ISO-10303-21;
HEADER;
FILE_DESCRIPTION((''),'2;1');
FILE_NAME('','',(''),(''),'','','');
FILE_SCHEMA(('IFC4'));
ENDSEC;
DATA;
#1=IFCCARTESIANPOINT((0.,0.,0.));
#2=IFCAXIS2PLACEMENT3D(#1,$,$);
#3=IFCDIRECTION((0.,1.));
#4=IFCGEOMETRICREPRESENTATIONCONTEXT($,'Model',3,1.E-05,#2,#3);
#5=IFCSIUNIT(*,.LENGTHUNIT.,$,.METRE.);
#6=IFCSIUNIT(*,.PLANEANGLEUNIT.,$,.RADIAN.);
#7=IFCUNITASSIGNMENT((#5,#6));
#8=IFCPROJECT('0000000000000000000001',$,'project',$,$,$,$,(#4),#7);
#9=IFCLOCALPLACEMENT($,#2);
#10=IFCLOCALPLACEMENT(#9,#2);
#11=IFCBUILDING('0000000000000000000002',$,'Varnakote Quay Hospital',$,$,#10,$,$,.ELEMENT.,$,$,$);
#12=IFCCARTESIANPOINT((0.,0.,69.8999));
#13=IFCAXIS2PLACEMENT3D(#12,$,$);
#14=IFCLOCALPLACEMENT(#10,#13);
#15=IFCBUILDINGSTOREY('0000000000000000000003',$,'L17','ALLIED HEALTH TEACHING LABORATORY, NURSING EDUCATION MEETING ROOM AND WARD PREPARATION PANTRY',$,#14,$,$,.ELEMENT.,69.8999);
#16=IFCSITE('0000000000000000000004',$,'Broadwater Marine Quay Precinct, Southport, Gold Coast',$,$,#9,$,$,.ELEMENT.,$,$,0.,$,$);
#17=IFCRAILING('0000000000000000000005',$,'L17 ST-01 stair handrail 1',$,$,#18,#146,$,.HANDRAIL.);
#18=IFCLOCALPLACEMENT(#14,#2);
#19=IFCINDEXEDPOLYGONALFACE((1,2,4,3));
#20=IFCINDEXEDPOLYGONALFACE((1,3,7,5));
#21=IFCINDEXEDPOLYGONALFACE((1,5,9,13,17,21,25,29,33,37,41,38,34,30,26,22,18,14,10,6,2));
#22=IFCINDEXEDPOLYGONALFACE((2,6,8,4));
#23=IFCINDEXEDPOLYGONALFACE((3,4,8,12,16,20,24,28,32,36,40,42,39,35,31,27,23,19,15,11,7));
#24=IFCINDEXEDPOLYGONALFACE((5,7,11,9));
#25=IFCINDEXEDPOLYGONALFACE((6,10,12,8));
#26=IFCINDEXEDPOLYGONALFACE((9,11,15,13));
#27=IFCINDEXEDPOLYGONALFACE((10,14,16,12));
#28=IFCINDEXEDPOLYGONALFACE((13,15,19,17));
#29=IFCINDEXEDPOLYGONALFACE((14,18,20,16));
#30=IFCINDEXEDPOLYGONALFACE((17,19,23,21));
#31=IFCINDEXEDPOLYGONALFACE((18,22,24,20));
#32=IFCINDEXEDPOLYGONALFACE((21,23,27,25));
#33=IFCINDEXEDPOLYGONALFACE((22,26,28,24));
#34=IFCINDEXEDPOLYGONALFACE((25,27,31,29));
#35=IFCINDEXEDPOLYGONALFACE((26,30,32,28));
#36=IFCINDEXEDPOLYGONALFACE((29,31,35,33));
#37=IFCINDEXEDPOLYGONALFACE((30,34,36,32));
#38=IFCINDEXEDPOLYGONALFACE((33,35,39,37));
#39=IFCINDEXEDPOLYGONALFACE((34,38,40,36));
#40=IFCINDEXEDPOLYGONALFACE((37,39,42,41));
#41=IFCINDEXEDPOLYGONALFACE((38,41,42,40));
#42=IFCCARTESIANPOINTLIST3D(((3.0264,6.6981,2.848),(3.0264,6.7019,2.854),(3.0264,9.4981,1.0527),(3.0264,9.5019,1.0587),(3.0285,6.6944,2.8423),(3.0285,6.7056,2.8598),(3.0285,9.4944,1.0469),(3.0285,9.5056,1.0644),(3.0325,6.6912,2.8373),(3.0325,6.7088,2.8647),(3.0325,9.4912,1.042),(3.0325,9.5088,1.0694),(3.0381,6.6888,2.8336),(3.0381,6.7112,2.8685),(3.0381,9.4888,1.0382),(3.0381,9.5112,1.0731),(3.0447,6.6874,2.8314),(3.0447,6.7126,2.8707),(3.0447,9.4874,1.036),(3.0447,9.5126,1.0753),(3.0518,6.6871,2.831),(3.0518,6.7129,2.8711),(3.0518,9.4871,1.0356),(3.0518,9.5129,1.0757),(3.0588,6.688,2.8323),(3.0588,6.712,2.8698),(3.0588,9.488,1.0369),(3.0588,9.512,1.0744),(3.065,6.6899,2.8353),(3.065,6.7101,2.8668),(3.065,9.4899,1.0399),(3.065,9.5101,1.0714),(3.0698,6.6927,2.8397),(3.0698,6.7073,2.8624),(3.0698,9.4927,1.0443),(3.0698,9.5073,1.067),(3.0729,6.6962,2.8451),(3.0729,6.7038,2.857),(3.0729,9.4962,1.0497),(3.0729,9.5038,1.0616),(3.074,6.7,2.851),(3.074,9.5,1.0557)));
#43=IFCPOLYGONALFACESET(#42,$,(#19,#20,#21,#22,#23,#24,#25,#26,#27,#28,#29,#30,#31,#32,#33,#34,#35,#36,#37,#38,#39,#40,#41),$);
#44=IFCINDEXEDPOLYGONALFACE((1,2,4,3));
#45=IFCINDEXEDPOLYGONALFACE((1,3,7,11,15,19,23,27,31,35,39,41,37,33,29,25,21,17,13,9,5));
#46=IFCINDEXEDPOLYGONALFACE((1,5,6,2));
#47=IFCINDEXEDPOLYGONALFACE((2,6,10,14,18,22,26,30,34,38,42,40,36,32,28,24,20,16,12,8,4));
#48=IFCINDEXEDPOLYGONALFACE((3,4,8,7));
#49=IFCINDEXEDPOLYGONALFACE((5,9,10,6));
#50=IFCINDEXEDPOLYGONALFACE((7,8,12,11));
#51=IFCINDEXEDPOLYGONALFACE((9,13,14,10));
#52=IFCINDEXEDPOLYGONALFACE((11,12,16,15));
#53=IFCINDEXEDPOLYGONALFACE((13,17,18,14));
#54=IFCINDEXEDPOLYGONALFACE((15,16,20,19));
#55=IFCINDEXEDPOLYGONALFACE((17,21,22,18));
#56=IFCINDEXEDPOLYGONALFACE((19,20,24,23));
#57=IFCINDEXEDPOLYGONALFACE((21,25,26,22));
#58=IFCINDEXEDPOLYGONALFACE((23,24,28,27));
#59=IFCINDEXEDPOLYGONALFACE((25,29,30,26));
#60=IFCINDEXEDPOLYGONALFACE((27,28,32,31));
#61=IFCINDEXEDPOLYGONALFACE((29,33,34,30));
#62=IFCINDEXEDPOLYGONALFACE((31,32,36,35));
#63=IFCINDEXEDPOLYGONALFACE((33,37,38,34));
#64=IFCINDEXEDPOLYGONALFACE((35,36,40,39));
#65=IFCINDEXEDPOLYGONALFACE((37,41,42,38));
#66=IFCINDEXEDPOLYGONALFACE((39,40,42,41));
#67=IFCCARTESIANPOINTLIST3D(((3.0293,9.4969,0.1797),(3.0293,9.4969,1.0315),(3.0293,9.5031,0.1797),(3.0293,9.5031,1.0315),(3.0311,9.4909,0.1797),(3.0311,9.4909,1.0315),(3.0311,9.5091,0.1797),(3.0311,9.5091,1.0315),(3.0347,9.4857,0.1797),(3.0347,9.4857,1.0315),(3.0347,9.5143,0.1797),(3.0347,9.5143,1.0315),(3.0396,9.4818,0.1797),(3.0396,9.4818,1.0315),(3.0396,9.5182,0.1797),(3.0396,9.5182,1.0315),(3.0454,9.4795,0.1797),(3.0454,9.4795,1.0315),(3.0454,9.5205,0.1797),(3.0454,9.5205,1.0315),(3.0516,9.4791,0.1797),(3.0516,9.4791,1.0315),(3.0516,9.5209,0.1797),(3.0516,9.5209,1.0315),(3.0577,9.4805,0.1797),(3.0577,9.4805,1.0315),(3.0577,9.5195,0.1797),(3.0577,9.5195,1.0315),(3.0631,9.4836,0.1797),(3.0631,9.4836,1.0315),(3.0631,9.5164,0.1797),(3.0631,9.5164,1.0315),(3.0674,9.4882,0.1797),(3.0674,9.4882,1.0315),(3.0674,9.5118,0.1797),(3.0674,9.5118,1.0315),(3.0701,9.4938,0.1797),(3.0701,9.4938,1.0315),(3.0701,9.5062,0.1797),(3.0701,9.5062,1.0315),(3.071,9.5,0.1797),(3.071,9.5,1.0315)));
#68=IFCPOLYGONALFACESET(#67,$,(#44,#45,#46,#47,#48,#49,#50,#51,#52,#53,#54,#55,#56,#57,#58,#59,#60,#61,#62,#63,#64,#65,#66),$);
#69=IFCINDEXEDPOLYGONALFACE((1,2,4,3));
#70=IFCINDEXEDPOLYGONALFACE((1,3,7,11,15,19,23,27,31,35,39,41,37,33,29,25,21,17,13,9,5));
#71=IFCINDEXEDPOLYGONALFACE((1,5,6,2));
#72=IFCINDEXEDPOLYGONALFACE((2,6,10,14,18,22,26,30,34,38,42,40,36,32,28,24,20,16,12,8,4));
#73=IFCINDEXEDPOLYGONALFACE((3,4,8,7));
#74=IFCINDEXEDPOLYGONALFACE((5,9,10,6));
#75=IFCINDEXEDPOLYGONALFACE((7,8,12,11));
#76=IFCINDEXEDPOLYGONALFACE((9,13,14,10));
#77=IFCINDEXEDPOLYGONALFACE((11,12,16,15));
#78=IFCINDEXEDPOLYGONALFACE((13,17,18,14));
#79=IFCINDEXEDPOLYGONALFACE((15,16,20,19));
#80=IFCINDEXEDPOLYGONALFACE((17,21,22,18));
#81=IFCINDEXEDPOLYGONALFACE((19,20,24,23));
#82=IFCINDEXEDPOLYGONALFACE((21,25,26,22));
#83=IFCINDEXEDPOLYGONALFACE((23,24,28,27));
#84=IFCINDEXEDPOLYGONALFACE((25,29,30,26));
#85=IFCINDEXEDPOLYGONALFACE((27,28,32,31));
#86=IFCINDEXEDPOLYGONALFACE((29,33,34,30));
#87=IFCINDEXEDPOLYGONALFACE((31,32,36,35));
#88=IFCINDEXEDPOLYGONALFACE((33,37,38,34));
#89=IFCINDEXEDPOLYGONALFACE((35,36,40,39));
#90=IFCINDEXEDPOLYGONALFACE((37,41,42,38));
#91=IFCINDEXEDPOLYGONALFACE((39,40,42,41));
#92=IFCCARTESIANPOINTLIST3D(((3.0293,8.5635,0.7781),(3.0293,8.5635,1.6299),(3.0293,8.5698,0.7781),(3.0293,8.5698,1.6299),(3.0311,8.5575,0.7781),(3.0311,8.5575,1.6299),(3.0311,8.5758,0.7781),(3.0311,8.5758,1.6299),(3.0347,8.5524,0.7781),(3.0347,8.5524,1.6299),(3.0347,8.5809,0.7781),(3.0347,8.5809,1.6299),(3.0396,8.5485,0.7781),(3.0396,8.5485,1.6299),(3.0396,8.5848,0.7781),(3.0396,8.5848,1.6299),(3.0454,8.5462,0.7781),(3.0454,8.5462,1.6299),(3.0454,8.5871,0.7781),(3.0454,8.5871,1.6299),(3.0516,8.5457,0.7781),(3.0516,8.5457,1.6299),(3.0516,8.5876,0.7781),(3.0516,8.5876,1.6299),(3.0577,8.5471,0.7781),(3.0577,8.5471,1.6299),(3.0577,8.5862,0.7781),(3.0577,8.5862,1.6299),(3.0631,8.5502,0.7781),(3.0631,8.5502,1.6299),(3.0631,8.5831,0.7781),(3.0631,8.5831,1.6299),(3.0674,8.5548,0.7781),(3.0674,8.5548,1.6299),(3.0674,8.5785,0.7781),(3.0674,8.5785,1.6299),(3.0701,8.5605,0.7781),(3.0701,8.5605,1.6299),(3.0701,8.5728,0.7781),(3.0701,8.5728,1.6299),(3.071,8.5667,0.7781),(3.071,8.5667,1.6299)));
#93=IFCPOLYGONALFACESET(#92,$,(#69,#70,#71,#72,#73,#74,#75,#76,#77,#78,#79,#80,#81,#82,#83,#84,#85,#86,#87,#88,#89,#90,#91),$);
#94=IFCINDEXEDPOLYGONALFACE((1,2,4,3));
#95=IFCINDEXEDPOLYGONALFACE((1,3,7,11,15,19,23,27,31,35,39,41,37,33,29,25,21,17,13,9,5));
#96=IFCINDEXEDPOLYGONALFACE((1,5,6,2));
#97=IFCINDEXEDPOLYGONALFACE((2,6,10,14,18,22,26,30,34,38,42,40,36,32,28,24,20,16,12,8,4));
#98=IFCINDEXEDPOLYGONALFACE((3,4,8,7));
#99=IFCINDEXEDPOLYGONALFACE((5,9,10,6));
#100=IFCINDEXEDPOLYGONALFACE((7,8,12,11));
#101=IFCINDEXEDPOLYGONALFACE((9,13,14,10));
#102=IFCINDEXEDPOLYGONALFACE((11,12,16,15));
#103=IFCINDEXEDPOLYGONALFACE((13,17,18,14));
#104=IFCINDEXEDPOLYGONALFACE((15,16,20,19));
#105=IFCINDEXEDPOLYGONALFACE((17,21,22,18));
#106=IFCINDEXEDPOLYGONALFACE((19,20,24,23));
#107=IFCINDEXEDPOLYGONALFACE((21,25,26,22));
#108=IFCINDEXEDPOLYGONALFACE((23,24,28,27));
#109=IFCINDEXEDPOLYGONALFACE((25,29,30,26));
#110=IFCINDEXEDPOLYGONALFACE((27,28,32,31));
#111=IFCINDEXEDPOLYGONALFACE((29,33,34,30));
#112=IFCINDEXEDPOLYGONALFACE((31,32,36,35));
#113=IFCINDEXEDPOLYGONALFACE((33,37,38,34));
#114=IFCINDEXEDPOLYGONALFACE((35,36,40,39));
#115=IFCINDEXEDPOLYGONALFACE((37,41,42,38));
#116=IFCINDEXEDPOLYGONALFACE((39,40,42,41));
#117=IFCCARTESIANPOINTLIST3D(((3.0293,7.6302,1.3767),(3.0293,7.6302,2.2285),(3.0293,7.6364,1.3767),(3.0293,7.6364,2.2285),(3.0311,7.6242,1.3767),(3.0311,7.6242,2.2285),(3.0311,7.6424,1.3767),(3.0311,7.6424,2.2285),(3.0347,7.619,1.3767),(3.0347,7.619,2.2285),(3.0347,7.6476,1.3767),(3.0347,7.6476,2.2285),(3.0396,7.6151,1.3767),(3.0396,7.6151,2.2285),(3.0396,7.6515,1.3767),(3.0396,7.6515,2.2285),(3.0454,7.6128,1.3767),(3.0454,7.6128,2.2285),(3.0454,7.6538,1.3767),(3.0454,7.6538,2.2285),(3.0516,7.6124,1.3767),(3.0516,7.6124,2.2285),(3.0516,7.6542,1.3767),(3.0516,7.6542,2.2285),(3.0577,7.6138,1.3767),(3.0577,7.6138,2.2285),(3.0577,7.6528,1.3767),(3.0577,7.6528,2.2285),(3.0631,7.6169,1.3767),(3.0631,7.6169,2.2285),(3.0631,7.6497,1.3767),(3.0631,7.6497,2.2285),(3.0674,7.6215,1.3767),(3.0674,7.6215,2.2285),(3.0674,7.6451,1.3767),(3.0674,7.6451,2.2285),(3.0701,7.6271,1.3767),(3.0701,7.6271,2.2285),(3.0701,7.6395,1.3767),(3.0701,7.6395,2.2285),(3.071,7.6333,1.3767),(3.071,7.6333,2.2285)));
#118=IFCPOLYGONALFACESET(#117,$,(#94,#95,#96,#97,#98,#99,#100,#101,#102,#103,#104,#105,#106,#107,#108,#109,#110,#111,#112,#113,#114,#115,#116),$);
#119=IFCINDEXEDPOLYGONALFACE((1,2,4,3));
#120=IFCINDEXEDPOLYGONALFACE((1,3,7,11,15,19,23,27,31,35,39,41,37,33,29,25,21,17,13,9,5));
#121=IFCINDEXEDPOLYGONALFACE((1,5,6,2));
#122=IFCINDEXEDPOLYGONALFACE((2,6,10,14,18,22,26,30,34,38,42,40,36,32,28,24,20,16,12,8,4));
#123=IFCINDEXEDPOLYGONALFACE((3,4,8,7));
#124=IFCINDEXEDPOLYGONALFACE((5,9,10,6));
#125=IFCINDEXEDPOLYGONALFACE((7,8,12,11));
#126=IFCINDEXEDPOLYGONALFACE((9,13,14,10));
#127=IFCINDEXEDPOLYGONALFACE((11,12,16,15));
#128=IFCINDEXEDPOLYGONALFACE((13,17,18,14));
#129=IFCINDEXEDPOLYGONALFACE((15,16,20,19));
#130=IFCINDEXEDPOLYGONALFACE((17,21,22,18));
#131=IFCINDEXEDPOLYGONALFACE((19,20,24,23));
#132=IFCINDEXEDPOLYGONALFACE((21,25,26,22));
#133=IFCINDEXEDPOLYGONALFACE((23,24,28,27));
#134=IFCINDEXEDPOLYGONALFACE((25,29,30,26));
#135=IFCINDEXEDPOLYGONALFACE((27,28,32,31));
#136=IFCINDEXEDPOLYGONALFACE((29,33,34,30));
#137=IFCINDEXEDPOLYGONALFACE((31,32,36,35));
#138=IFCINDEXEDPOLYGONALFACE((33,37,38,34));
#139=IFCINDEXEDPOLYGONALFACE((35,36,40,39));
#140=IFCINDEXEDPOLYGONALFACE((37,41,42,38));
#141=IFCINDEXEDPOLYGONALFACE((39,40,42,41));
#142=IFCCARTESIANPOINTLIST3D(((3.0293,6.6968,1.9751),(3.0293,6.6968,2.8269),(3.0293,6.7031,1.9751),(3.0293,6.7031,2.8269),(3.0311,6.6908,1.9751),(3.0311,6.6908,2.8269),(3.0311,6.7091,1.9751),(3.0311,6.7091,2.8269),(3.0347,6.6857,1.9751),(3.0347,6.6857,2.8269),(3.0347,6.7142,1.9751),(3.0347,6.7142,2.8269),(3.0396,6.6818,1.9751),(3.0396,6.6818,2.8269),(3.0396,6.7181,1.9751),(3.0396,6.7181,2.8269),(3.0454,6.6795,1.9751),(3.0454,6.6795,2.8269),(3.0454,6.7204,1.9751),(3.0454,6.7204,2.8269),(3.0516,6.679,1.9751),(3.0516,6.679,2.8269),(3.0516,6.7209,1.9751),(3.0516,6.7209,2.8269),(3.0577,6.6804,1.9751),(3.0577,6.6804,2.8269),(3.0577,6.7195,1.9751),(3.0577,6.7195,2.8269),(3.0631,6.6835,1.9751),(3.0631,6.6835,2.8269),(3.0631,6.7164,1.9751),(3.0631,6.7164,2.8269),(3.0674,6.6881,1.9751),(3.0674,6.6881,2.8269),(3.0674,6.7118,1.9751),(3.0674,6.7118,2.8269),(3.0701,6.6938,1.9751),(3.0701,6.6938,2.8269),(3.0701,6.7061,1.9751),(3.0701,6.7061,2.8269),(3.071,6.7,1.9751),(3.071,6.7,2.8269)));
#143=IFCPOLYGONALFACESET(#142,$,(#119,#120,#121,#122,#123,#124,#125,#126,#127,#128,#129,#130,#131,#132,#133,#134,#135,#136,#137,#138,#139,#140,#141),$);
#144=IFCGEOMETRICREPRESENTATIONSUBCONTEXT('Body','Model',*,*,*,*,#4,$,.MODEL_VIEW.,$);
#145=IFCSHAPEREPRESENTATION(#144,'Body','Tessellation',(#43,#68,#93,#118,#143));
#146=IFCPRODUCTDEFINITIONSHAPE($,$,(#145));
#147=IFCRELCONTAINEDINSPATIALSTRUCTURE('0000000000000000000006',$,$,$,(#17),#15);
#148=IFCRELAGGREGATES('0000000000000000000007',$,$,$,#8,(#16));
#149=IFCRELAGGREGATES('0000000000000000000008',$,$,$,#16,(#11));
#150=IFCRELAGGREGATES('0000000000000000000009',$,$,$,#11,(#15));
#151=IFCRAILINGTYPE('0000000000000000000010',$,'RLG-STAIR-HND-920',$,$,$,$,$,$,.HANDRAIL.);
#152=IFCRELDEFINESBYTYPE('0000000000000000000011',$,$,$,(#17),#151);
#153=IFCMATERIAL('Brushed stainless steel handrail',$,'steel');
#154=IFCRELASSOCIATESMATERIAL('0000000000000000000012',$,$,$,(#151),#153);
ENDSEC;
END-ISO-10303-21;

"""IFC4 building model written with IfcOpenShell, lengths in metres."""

from ifc_helpers import new_model, si_unit, direction, frame, origin, origin_2d, place, context, subcontext, project, spatial, circle, extrude, material, type_object, element, save


model = new_model("IFC4")

# Units and contexts
model_context = context("Model", 3, precision=1e-05, world=origin(), true_north=direction((0.0, 1.0)))
body_context = subcontext(model_context, "Body", "Model", "MODEL_VIEW")
ifc_project = project(units=[si_unit("LENGTHUNIT", "METRE"), si_unit("PLANEANGLEUNIT", "RADIAN")], contexts=[model_context])

# Site, building, storey
site_placement = place(None, origin())
site = spatial("IfcSite", under=ifc_project, at=site_placement, Name="Broadwater Marine Quay Precinct, Southport, Gold Coast", CompositionType="ELEMENT", RefElevation=0.0)
building_placement = place(site_placement, origin())
building = spatial("IfcBuilding", under=site, at=building_placement, Name="Varnakote Quay Hospital", CompositionType="ELEMENT")
storey_placement = place(building_placement, frame((0.0, 0.0, 69.8999)))
storey = spatial("IfcBuildingStorey", under=building, at=storey_placement, Name="L17", Description="ALLIED HEALTH TEACHING LABORATORY, NURSING EDUCATION MEETING ROOM AND WARD PREPARATION PANTRY", CompositionType="ELEMENT", Elevation=69.8999)

# Railing
ifc_material_1 = material(Name="Brushed stainless steel handrail", Category="steel")
railing_type_1 = type_object("IfcRailingType", Name="RLG-STAIR-HND-920", PredefinedType="HANDRAIL", material=ifc_material_1)
railing_1_placement = place(storey_placement, frame((3.05, 9.5, 0.1797)))
element("IfcRailing", 1, at=railing_1_placement, inside=storey, type_object=railing_type_1, Name="L17 ST-01 stair handrail 1", PredefinedType="HANDRAIL", context=body_context, shape_type="SweptSolid", body=[
    extrude(circle(Radius=0.0239, at=origin_2d()), frame((0.0, 0.0, 0.876), z_axis=(0.0, -0.84181, 0.539774), x_axis=(1.0, 0.0, 0.0)), (0.0, 0.0, 1.0), 3.3262),
    extrude(circle(Radius=0.021, at=origin_2d()), origin(), (0.0, 0.0, 1.0), 0.8518),
    extrude(circle(Radius=0.021, at=origin_2d()), frame((0.0, -0.9333, 0.5984)), (0.0, 0.0, 1.0), 0.8518),
    extrude(circle(Radius=0.021, at=origin_2d()), frame((0.0, -1.8667, 1.197)), (0.0, 0.0, 1.0), 0.8518),
    extrude(circle(Radius=0.021, at=origin_2d()), frame((0.0, -2.8, 1.7954)), (0.0, 0.0, 1.0), 0.8518),
])

save(model, "model.ifc")
